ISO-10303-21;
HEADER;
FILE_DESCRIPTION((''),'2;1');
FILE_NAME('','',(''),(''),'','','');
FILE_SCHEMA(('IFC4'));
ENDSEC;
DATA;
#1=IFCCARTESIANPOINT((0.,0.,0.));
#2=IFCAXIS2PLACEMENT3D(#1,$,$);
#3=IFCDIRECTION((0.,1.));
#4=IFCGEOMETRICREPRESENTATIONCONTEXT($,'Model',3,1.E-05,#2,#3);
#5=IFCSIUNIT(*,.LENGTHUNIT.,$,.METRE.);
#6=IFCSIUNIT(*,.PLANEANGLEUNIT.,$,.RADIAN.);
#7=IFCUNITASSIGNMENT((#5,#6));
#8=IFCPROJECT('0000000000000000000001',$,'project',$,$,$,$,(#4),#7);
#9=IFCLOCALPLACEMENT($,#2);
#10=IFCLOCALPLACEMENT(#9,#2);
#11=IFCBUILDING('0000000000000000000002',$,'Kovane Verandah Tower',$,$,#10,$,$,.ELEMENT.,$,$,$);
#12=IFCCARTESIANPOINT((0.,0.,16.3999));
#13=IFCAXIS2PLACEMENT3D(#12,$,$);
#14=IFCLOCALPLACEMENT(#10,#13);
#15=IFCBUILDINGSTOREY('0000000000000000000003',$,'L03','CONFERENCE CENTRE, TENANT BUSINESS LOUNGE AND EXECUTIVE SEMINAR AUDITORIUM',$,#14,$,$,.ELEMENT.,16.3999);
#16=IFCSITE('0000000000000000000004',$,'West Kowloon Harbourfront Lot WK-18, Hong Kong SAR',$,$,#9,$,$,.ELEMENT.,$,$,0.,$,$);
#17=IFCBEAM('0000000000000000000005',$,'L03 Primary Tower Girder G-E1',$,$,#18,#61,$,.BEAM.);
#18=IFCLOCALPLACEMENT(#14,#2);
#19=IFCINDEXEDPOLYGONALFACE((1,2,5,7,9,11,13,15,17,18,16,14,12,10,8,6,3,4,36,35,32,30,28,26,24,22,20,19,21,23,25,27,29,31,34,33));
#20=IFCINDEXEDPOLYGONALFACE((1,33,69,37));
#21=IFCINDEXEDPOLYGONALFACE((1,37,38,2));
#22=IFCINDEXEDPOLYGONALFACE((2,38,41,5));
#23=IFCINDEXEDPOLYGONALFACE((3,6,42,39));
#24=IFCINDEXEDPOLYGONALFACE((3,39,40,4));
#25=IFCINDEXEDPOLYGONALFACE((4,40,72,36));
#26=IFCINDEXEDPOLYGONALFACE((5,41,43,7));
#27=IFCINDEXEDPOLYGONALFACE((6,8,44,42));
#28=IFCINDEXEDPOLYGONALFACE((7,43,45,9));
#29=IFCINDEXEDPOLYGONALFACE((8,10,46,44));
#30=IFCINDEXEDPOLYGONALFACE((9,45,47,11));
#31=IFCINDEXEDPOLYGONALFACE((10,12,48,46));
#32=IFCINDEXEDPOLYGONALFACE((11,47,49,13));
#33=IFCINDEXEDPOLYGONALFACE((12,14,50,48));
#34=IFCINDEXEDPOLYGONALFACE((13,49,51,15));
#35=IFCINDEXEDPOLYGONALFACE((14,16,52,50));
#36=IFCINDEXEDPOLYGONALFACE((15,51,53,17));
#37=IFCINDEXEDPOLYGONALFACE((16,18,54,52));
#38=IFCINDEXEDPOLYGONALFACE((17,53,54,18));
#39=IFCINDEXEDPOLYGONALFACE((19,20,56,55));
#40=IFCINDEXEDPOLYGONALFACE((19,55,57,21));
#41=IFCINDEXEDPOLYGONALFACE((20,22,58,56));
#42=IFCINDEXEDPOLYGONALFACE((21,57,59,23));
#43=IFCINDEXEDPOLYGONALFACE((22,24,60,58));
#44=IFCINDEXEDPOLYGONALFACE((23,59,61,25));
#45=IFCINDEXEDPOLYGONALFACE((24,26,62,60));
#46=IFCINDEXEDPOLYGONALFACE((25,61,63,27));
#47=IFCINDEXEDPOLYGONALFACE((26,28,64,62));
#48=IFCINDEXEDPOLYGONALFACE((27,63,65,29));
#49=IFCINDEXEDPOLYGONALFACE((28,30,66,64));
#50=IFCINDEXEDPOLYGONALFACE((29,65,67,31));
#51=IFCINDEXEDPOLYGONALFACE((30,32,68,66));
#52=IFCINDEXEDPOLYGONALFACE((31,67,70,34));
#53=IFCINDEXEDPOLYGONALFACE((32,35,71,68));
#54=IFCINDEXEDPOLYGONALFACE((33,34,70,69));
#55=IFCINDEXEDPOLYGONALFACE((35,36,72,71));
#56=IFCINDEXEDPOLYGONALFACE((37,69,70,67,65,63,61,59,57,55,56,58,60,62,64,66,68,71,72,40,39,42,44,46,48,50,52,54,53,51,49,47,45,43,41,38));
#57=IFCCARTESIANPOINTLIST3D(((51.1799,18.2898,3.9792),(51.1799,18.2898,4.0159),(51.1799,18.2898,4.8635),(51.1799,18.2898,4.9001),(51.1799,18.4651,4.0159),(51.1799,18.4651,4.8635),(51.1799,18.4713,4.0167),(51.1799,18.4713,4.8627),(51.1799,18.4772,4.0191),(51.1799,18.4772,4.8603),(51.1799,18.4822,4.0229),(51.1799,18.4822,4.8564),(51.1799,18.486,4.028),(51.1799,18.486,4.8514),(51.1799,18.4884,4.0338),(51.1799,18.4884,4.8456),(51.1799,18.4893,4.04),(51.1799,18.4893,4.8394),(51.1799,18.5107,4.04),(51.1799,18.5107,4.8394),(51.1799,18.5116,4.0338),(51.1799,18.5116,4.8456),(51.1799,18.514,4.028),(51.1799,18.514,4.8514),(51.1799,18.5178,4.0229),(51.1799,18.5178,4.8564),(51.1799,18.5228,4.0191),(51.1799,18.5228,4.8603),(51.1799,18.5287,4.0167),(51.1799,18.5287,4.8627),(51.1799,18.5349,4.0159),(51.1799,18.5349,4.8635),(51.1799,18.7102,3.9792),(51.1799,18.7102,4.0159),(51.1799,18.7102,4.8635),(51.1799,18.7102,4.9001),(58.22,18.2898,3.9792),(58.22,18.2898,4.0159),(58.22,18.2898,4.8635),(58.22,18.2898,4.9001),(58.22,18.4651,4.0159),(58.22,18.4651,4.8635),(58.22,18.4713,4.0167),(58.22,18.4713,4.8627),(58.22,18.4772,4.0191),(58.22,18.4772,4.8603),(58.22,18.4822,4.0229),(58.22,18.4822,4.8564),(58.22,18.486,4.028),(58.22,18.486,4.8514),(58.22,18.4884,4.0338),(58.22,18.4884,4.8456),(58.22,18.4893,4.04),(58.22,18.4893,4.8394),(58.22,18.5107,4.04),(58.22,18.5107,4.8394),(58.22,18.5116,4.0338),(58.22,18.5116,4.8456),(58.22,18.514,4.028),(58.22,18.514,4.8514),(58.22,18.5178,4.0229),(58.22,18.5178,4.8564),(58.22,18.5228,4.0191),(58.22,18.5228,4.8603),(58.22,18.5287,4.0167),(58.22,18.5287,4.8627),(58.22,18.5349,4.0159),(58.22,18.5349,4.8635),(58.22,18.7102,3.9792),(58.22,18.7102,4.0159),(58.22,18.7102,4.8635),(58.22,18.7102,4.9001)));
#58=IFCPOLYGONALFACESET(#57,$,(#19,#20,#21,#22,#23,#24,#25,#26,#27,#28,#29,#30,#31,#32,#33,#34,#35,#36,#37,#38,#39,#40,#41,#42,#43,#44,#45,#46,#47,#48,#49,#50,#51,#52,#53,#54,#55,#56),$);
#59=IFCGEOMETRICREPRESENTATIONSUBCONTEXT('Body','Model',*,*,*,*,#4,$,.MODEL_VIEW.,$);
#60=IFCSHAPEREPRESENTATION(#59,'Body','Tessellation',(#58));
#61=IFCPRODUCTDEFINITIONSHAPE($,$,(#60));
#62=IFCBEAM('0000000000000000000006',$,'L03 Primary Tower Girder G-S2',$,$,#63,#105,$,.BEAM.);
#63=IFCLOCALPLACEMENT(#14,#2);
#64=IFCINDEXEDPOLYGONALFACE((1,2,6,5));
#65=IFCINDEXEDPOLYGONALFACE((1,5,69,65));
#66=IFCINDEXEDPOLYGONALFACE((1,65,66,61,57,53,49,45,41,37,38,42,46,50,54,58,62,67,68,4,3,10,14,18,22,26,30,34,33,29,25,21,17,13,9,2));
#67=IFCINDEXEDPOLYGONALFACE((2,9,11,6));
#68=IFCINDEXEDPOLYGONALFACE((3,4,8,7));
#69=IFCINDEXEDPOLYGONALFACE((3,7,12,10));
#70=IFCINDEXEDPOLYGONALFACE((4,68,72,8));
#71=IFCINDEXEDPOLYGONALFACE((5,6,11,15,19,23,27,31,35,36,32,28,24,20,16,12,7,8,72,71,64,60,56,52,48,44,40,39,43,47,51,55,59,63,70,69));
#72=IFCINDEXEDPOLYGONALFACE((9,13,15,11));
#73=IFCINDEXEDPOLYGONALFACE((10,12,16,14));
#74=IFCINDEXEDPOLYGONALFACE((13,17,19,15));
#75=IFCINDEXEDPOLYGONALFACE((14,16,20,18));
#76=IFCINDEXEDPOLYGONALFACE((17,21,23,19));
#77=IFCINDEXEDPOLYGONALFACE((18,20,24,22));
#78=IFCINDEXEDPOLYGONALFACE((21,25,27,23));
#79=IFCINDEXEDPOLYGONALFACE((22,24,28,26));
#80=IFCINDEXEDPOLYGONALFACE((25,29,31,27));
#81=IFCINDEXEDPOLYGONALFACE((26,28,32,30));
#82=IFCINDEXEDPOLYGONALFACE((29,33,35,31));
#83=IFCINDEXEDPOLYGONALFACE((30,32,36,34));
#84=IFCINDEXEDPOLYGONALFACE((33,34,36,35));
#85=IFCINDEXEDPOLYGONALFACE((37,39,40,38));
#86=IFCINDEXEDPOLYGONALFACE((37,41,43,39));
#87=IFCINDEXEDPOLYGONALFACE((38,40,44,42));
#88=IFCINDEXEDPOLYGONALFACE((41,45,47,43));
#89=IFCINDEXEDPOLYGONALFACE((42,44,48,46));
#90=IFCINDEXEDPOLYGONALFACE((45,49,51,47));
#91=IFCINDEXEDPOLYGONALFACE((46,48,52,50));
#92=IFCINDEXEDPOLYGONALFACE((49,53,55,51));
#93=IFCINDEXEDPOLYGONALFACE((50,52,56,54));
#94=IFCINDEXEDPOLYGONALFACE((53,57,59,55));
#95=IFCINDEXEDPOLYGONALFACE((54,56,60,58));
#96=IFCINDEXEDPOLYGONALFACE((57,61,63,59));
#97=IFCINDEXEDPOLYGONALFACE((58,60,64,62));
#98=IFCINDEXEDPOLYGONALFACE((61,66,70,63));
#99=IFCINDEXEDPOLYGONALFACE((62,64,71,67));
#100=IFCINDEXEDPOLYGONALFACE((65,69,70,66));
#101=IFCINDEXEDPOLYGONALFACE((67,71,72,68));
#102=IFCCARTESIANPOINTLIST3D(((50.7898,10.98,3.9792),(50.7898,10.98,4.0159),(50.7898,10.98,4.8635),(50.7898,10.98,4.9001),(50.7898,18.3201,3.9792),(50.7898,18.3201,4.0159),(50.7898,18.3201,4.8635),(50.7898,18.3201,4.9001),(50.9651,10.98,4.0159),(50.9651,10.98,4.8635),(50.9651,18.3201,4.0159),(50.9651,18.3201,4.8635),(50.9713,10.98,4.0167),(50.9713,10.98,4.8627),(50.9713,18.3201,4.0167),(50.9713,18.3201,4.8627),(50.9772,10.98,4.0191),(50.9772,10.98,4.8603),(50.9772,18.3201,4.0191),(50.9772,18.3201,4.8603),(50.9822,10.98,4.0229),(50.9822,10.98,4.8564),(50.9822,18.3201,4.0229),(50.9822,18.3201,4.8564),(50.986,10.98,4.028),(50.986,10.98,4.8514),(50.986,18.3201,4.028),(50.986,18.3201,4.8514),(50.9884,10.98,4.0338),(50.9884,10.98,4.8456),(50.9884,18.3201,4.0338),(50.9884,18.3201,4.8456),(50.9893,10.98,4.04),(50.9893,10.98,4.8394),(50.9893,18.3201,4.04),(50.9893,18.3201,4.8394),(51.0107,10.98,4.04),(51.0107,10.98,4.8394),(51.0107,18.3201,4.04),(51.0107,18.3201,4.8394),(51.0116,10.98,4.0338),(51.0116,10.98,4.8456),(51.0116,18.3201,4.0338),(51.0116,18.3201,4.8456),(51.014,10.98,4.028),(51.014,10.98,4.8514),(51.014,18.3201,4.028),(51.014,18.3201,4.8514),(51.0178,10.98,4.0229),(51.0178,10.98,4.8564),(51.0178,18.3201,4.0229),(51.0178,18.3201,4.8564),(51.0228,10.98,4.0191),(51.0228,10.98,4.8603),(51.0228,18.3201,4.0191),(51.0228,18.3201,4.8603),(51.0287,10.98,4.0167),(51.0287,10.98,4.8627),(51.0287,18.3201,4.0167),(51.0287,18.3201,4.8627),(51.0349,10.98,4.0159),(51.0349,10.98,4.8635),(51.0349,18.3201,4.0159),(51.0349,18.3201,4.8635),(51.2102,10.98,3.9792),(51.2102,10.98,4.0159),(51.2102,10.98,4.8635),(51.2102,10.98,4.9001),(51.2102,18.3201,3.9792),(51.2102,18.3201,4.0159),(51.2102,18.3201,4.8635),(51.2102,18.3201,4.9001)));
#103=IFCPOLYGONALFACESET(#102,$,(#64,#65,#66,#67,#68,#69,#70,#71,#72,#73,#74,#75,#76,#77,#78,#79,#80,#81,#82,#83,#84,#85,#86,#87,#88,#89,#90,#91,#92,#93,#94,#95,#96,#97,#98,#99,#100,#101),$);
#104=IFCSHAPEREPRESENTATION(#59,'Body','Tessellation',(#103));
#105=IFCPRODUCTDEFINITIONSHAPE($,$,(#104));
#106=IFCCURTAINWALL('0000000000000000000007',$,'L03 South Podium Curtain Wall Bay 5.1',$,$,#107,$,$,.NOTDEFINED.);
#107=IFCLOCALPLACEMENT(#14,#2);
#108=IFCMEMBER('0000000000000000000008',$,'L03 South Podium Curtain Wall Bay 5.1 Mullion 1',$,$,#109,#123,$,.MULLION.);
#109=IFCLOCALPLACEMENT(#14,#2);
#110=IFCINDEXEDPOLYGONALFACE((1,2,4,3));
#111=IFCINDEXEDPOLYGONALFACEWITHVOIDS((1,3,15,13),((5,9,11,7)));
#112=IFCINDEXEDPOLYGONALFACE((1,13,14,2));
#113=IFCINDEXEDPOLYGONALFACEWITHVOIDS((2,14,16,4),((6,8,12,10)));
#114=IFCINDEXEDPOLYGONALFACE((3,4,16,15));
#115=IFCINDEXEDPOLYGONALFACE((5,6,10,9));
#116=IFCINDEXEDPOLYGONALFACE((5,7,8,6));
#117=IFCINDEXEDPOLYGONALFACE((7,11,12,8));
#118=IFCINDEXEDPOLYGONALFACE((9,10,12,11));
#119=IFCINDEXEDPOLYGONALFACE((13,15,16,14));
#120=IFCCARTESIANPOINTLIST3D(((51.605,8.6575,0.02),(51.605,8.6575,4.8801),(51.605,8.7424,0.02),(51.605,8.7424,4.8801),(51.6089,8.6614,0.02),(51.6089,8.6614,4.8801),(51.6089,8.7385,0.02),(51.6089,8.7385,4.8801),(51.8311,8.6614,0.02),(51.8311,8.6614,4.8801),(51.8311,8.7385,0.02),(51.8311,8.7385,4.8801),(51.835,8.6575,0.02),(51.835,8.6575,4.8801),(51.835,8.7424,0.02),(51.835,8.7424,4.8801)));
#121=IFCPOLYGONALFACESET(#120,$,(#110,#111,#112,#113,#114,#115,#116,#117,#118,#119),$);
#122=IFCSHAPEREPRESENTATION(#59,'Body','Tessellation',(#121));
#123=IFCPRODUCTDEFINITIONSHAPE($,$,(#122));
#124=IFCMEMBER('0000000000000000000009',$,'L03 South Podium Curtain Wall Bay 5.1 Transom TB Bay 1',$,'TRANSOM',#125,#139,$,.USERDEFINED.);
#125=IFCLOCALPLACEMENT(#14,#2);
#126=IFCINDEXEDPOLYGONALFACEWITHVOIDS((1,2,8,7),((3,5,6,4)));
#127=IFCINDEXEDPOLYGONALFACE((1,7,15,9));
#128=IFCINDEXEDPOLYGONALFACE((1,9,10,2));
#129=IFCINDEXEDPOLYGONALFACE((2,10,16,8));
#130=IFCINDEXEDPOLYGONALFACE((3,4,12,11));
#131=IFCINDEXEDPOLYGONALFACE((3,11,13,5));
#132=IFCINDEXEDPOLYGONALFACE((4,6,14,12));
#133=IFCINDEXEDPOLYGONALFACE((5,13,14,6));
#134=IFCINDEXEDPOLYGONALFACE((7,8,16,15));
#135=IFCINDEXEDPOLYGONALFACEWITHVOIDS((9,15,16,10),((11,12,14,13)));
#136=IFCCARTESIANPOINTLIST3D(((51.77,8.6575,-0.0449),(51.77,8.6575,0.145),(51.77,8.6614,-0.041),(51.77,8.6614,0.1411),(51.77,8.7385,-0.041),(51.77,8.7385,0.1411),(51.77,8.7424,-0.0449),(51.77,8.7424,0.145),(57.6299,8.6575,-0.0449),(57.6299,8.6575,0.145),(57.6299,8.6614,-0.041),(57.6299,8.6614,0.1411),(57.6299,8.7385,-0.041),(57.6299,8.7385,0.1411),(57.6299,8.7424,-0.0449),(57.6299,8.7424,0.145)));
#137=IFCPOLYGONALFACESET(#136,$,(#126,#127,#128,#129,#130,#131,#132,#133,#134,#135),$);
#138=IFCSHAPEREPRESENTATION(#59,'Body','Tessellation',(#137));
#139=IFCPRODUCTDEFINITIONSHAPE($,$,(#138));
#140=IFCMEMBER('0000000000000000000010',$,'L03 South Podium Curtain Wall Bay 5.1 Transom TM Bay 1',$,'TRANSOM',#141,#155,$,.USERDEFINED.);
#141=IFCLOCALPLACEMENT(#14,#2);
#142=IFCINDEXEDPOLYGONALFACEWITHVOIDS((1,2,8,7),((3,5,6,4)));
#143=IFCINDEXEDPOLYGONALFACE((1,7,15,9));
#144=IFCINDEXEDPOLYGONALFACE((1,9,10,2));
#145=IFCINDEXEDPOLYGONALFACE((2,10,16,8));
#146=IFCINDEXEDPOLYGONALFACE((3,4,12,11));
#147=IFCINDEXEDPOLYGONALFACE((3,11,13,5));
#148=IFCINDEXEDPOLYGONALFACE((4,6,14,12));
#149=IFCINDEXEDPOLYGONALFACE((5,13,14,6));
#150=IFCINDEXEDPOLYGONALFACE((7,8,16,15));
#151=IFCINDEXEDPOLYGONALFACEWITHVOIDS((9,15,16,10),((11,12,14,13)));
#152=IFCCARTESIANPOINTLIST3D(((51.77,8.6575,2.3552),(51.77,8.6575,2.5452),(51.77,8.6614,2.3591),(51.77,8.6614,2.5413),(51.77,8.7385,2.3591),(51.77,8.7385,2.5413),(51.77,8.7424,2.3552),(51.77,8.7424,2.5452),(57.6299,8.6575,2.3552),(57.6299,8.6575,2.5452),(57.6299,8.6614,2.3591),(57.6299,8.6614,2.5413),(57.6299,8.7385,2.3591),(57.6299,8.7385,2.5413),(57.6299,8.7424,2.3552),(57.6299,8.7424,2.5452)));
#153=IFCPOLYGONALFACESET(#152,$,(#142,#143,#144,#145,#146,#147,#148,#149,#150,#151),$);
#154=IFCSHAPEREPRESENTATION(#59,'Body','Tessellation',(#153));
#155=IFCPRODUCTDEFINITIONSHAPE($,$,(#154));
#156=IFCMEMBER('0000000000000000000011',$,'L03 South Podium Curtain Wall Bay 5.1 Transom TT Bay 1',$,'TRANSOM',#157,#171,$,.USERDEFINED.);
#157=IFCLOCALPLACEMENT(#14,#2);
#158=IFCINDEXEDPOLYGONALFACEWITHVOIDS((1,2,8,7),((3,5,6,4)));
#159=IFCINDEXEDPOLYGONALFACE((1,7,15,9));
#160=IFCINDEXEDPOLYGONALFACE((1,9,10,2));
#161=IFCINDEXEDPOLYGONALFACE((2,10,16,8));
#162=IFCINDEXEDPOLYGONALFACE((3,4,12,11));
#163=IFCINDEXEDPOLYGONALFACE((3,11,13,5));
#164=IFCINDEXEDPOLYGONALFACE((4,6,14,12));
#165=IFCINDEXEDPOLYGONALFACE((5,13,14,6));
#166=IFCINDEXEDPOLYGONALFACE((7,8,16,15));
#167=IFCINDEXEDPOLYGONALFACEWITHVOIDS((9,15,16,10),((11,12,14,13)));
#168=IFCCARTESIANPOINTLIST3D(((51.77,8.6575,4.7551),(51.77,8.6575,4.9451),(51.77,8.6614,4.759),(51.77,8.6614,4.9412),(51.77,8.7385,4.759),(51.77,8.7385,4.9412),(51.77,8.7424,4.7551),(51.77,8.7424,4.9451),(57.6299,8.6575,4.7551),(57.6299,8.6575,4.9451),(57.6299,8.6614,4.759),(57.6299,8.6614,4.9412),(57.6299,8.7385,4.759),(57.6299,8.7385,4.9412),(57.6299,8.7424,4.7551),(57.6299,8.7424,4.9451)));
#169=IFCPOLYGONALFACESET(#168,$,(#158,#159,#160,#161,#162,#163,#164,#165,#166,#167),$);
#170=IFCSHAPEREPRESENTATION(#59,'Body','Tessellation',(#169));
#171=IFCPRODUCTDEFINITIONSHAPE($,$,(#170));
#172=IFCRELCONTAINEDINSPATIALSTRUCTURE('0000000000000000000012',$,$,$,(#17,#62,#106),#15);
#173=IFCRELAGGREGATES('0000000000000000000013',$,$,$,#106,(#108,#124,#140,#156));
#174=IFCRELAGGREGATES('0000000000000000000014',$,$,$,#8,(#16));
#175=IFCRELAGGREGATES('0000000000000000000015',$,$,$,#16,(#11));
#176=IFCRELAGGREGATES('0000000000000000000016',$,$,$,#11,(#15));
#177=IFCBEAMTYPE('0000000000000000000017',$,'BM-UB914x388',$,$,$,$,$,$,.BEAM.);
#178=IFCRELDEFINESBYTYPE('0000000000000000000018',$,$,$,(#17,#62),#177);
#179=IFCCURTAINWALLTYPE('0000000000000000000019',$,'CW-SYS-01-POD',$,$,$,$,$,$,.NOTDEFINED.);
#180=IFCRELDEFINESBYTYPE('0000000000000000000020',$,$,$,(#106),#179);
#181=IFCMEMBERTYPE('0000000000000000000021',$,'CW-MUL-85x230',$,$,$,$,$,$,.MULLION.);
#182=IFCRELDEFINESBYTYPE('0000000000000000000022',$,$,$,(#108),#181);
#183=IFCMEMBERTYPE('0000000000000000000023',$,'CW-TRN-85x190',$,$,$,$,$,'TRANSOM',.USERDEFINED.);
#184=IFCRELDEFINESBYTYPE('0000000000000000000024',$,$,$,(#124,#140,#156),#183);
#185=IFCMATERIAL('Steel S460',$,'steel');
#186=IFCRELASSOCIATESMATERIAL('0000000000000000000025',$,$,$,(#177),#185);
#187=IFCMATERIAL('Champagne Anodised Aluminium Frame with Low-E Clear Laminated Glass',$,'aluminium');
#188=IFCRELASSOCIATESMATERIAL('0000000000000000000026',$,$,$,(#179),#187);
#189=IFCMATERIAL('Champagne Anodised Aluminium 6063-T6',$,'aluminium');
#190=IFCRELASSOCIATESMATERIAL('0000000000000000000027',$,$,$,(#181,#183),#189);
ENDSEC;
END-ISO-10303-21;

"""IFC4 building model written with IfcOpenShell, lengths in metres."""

from ifc_helpers import new_model, si_unit, direction, frame, origin, origin_2d, place, context, subcontext, project, spatial, hollow_rectangle, i_section, extrude, material, material_profile, profile_set, type_object, element, aggregate, save


model = new_model("IFC4")

# Units and contexts
model_context = context("Model", 3, precision=1e-05, world=origin(), true_north=direction((0.0, 1.0)))
body_context = subcontext(model_context, "Body", "Model", "MODEL_VIEW")
ifc_project = project(units=[si_unit("LENGTHUNIT", "METRE"), si_unit("PLANEANGLEUNIT", "RADIAN")], contexts=[model_context])

# Site, building, storey
site_placement = place(None, origin())
site = spatial("IfcSite", under=ifc_project, at=site_placement, Name="West Kowloon Harbourfront Lot WK-18, Hong Kong SAR", CompositionType="ELEMENT", RefElevation=0.0)
building_placement = place(site_placement, origin())
building = spatial("IfcBuilding", under=site, at=building_placement, Name="Kovane Verandah Tower", CompositionType="ELEMENT")
storey_placement = place(building_placement, frame((0.0, 0.0, 16.3999)))
storey = spatial("IfcBuildingStorey", under=building, at=storey_placement, Name="L03", Description="CONFERENCE CENTRE, TENANT BUSINESS LOUNGE AND EXECUTIVE SEMINAR AUDITORIUM", CompositionType="ELEMENT", Elevation=16.3999)

# Shared definitions
ifc_material_1 = material(Name="Steel S460", Category="steel")

# Beams
ifc_material_profile_1 = material_profile(ifc_material_1, i_section(OverallWidth=0.4204, OverallDepth=0.9209, WebThickness=0.0215, FlangeThickness=0.0366, FilletRadius=0.0242, at=origin_2d()), Name="UB914x419x388")
ifc_profile_set_1 = profile_set([ifc_material_profile_1], Name="Steel S460")
beam_type_1 = type_object("IfcBeamType", Name="BM-UB914x388", PredefinedType="BEAM", material=ifc_profile_set_1)
for number, where, z_axis, x_axis, name in (
    (1, (51.1799, 18.5, 4.4397), (1.0, 0.0, 0.0), (0.0, 1.0, 0.0), "L03 Primary Tower Girder G-E1"),
):
    element("IfcBeam", number, at=place(storey_placement, frame(where, z_axis=z_axis, x_axis=x_axis)), inside=storey, type_object=beam_type_1, Name=name, PredefinedType="BEAM", context=body_context, shape_type="SweptSolid", body=[
        extrude(i_section(OverallWidth=0.4204, OverallDepth=0.9209, WebThickness=0.0215, FlangeThickness=0.0366, FilletRadius=0.0242, at=origin_2d()), origin(), (0.0, 0.0, 1.0), 7.04),
    ])
beam_1_placement = place(storey_placement, frame((51.0, 18.3201, 4.4397), z_axis=(0.0, -1.0, 0.0), x_axis=(1.0, 0.0, 0.0)))
element("IfcBeam", 2, at=beam_1_placement, inside=storey, type_object=beam_type_1, Name="L03 Primary Tower Girder G-S2", PredefinedType="BEAM", context=body_context, shape_type="SweptSolid", body=[
    extrude(i_section(OverallWidth=0.4204, OverallDepth=0.9209, WebThickness=0.0215, FlangeThickness=0.0366, FilletRadius=0.0242, at=origin_2d()), origin(), (0.0, 0.0, 1.0), 7.3401),
])

# Curtain wall, members
ifc_material_2 = material(Name="Champagne Anodised Aluminium Frame with Low-E Clear Laminated Glass", Category="aluminium")
curtain_wall_type = type_object("IfcCurtainWallType", Name="CW-SYS-01-POD", PredefinedType="NOTDEFINED", material=ifc_material_2)
curtain_wall_placement = place(storey_placement, origin())
curtain_wall = element("IfcCurtainWall", 3, at=curtain_wall_placement, inside=storey, type_object=curtain_wall_type, Name="L03 South Podium Curtain Wall Bay 5.1", PredefinedType="NOTDEFINED")
ifc_material_3 = material(Name="Champagne Anodised Aluminium 6063-T6", Category="aluminium")
ifc_material_profile_2 = material_profile(ifc_material_3, hollow_rectangle(XDim=0.085, YDim=0.23, WallThickness=0.0039, at=origin_2d()), Name="AL85x230x4")
ifc_profile_set_2 = profile_set([ifc_material_profile_2], Name="Champagne Anodised Aluminium 6063-T6")
member_type_1 = type_object("IfcMemberType", Name="CW-MUL-85x230", PredefinedType="MULLION", material=ifc_profile_set_2)
member_1_placement = place(storey_placement, frame((51.72, 8.7, 0.02), z_axis=(0.0, 0.0, 1.0), x_axis=(0.0, -1.0, 0.0)))
member_1 = element("IfcMember", 4, at=member_1_placement, type_object=member_type_1, Name="L03 South Podium Curtain Wall Bay 5.1 Mullion 1", PredefinedType="MULLION", context=body_context, shape_type="SweptSolid", body=[
    extrude(hollow_rectangle(XDim=0.085, YDim=0.23, WallThickness=0.0039, at=origin_2d()), origin(), (0.0, 0.0, 1.0), 4.8601),
])
ifc_material_profile_3 = material_profile(ifc_material_3, hollow_rectangle(XDim=0.085, YDim=0.1899, WallThickness=0.0039, at=origin_2d()), Name="AL85x190x4")
ifc_profile_set_3 = profile_set([ifc_material_profile_3], Name="Champagne Anodised Aluminium 6063-T6")
member_type_2 = type_object("IfcMemberType", Name="CW-TRN-85x190", ElementType="TRANSOM", PredefinedType="USERDEFINED", material=ifc_profile_set_3)
member_2_placement = place(storey_placement, frame((51.77, 8.7, 0.05), z_axis=(1.0, 0.0, 0.0), x_axis=(0.0, 1.0, 0.0)))
member_2 = element("IfcMember", 5, at=member_2_placement, type_object=member_type_2, Name="L03 South Podium Curtain Wall Bay 5.1 Transom TB Bay 1", ObjectType="TRANSOM", PredefinedType="USERDEFINED", context=body_context, shape_type="SweptSolid", body=[
    extrude(hollow_rectangle(XDim=0.085, YDim=0.1899, WallThickness=0.0039, at=origin_2d()), origin(), (0.0, 0.0, 1.0), 5.8599),
])
member_3_placement = place(storey_placement, frame((51.77, 8.7, 2.4502), z_axis=(1.0, 0.0, 0.0), x_axis=(0.0, 1.0, 0.0)))
member_3 = element("IfcMember", 6, at=member_3_placement, type_object=member_type_2, Name="L03 South Podium Curtain Wall Bay 5.1 Transom TM Bay 1", ObjectType="TRANSOM", PredefinedType="USERDEFINED", context=body_context, shape_type="SweptSolid", body=[
    extrude(hollow_rectangle(XDim=0.085, YDim=0.1899, WallThickness=0.0039, at=origin_2d()), origin(), (0.0, 0.0, 1.0), 5.8599),
])
member_4_placement = place(storey_placement, frame((51.77, 8.7, 4.8501), z_axis=(1.0, 0.0, 0.0), x_axis=(0.0, 1.0, 0.0)))
member_4 = element("IfcMember", 7, at=member_4_placement, type_object=member_type_2, Name="L03 South Podium Curtain Wall Bay 5.1 Transom TT Bay 1", ObjectType="TRANSOM", PredefinedType="USERDEFINED", context=body_context, shape_type="SweptSolid", body=[
    extrude(hollow_rectangle(XDim=0.085, YDim=0.1899, WallThickness=0.0039, at=origin_2d()), origin(), (0.0, 0.0, 1.0), 5.8599),
])

aggregate(curtain_wall, [member_1, member_2, member_3, member_4])

save(model, "model.ifc")
